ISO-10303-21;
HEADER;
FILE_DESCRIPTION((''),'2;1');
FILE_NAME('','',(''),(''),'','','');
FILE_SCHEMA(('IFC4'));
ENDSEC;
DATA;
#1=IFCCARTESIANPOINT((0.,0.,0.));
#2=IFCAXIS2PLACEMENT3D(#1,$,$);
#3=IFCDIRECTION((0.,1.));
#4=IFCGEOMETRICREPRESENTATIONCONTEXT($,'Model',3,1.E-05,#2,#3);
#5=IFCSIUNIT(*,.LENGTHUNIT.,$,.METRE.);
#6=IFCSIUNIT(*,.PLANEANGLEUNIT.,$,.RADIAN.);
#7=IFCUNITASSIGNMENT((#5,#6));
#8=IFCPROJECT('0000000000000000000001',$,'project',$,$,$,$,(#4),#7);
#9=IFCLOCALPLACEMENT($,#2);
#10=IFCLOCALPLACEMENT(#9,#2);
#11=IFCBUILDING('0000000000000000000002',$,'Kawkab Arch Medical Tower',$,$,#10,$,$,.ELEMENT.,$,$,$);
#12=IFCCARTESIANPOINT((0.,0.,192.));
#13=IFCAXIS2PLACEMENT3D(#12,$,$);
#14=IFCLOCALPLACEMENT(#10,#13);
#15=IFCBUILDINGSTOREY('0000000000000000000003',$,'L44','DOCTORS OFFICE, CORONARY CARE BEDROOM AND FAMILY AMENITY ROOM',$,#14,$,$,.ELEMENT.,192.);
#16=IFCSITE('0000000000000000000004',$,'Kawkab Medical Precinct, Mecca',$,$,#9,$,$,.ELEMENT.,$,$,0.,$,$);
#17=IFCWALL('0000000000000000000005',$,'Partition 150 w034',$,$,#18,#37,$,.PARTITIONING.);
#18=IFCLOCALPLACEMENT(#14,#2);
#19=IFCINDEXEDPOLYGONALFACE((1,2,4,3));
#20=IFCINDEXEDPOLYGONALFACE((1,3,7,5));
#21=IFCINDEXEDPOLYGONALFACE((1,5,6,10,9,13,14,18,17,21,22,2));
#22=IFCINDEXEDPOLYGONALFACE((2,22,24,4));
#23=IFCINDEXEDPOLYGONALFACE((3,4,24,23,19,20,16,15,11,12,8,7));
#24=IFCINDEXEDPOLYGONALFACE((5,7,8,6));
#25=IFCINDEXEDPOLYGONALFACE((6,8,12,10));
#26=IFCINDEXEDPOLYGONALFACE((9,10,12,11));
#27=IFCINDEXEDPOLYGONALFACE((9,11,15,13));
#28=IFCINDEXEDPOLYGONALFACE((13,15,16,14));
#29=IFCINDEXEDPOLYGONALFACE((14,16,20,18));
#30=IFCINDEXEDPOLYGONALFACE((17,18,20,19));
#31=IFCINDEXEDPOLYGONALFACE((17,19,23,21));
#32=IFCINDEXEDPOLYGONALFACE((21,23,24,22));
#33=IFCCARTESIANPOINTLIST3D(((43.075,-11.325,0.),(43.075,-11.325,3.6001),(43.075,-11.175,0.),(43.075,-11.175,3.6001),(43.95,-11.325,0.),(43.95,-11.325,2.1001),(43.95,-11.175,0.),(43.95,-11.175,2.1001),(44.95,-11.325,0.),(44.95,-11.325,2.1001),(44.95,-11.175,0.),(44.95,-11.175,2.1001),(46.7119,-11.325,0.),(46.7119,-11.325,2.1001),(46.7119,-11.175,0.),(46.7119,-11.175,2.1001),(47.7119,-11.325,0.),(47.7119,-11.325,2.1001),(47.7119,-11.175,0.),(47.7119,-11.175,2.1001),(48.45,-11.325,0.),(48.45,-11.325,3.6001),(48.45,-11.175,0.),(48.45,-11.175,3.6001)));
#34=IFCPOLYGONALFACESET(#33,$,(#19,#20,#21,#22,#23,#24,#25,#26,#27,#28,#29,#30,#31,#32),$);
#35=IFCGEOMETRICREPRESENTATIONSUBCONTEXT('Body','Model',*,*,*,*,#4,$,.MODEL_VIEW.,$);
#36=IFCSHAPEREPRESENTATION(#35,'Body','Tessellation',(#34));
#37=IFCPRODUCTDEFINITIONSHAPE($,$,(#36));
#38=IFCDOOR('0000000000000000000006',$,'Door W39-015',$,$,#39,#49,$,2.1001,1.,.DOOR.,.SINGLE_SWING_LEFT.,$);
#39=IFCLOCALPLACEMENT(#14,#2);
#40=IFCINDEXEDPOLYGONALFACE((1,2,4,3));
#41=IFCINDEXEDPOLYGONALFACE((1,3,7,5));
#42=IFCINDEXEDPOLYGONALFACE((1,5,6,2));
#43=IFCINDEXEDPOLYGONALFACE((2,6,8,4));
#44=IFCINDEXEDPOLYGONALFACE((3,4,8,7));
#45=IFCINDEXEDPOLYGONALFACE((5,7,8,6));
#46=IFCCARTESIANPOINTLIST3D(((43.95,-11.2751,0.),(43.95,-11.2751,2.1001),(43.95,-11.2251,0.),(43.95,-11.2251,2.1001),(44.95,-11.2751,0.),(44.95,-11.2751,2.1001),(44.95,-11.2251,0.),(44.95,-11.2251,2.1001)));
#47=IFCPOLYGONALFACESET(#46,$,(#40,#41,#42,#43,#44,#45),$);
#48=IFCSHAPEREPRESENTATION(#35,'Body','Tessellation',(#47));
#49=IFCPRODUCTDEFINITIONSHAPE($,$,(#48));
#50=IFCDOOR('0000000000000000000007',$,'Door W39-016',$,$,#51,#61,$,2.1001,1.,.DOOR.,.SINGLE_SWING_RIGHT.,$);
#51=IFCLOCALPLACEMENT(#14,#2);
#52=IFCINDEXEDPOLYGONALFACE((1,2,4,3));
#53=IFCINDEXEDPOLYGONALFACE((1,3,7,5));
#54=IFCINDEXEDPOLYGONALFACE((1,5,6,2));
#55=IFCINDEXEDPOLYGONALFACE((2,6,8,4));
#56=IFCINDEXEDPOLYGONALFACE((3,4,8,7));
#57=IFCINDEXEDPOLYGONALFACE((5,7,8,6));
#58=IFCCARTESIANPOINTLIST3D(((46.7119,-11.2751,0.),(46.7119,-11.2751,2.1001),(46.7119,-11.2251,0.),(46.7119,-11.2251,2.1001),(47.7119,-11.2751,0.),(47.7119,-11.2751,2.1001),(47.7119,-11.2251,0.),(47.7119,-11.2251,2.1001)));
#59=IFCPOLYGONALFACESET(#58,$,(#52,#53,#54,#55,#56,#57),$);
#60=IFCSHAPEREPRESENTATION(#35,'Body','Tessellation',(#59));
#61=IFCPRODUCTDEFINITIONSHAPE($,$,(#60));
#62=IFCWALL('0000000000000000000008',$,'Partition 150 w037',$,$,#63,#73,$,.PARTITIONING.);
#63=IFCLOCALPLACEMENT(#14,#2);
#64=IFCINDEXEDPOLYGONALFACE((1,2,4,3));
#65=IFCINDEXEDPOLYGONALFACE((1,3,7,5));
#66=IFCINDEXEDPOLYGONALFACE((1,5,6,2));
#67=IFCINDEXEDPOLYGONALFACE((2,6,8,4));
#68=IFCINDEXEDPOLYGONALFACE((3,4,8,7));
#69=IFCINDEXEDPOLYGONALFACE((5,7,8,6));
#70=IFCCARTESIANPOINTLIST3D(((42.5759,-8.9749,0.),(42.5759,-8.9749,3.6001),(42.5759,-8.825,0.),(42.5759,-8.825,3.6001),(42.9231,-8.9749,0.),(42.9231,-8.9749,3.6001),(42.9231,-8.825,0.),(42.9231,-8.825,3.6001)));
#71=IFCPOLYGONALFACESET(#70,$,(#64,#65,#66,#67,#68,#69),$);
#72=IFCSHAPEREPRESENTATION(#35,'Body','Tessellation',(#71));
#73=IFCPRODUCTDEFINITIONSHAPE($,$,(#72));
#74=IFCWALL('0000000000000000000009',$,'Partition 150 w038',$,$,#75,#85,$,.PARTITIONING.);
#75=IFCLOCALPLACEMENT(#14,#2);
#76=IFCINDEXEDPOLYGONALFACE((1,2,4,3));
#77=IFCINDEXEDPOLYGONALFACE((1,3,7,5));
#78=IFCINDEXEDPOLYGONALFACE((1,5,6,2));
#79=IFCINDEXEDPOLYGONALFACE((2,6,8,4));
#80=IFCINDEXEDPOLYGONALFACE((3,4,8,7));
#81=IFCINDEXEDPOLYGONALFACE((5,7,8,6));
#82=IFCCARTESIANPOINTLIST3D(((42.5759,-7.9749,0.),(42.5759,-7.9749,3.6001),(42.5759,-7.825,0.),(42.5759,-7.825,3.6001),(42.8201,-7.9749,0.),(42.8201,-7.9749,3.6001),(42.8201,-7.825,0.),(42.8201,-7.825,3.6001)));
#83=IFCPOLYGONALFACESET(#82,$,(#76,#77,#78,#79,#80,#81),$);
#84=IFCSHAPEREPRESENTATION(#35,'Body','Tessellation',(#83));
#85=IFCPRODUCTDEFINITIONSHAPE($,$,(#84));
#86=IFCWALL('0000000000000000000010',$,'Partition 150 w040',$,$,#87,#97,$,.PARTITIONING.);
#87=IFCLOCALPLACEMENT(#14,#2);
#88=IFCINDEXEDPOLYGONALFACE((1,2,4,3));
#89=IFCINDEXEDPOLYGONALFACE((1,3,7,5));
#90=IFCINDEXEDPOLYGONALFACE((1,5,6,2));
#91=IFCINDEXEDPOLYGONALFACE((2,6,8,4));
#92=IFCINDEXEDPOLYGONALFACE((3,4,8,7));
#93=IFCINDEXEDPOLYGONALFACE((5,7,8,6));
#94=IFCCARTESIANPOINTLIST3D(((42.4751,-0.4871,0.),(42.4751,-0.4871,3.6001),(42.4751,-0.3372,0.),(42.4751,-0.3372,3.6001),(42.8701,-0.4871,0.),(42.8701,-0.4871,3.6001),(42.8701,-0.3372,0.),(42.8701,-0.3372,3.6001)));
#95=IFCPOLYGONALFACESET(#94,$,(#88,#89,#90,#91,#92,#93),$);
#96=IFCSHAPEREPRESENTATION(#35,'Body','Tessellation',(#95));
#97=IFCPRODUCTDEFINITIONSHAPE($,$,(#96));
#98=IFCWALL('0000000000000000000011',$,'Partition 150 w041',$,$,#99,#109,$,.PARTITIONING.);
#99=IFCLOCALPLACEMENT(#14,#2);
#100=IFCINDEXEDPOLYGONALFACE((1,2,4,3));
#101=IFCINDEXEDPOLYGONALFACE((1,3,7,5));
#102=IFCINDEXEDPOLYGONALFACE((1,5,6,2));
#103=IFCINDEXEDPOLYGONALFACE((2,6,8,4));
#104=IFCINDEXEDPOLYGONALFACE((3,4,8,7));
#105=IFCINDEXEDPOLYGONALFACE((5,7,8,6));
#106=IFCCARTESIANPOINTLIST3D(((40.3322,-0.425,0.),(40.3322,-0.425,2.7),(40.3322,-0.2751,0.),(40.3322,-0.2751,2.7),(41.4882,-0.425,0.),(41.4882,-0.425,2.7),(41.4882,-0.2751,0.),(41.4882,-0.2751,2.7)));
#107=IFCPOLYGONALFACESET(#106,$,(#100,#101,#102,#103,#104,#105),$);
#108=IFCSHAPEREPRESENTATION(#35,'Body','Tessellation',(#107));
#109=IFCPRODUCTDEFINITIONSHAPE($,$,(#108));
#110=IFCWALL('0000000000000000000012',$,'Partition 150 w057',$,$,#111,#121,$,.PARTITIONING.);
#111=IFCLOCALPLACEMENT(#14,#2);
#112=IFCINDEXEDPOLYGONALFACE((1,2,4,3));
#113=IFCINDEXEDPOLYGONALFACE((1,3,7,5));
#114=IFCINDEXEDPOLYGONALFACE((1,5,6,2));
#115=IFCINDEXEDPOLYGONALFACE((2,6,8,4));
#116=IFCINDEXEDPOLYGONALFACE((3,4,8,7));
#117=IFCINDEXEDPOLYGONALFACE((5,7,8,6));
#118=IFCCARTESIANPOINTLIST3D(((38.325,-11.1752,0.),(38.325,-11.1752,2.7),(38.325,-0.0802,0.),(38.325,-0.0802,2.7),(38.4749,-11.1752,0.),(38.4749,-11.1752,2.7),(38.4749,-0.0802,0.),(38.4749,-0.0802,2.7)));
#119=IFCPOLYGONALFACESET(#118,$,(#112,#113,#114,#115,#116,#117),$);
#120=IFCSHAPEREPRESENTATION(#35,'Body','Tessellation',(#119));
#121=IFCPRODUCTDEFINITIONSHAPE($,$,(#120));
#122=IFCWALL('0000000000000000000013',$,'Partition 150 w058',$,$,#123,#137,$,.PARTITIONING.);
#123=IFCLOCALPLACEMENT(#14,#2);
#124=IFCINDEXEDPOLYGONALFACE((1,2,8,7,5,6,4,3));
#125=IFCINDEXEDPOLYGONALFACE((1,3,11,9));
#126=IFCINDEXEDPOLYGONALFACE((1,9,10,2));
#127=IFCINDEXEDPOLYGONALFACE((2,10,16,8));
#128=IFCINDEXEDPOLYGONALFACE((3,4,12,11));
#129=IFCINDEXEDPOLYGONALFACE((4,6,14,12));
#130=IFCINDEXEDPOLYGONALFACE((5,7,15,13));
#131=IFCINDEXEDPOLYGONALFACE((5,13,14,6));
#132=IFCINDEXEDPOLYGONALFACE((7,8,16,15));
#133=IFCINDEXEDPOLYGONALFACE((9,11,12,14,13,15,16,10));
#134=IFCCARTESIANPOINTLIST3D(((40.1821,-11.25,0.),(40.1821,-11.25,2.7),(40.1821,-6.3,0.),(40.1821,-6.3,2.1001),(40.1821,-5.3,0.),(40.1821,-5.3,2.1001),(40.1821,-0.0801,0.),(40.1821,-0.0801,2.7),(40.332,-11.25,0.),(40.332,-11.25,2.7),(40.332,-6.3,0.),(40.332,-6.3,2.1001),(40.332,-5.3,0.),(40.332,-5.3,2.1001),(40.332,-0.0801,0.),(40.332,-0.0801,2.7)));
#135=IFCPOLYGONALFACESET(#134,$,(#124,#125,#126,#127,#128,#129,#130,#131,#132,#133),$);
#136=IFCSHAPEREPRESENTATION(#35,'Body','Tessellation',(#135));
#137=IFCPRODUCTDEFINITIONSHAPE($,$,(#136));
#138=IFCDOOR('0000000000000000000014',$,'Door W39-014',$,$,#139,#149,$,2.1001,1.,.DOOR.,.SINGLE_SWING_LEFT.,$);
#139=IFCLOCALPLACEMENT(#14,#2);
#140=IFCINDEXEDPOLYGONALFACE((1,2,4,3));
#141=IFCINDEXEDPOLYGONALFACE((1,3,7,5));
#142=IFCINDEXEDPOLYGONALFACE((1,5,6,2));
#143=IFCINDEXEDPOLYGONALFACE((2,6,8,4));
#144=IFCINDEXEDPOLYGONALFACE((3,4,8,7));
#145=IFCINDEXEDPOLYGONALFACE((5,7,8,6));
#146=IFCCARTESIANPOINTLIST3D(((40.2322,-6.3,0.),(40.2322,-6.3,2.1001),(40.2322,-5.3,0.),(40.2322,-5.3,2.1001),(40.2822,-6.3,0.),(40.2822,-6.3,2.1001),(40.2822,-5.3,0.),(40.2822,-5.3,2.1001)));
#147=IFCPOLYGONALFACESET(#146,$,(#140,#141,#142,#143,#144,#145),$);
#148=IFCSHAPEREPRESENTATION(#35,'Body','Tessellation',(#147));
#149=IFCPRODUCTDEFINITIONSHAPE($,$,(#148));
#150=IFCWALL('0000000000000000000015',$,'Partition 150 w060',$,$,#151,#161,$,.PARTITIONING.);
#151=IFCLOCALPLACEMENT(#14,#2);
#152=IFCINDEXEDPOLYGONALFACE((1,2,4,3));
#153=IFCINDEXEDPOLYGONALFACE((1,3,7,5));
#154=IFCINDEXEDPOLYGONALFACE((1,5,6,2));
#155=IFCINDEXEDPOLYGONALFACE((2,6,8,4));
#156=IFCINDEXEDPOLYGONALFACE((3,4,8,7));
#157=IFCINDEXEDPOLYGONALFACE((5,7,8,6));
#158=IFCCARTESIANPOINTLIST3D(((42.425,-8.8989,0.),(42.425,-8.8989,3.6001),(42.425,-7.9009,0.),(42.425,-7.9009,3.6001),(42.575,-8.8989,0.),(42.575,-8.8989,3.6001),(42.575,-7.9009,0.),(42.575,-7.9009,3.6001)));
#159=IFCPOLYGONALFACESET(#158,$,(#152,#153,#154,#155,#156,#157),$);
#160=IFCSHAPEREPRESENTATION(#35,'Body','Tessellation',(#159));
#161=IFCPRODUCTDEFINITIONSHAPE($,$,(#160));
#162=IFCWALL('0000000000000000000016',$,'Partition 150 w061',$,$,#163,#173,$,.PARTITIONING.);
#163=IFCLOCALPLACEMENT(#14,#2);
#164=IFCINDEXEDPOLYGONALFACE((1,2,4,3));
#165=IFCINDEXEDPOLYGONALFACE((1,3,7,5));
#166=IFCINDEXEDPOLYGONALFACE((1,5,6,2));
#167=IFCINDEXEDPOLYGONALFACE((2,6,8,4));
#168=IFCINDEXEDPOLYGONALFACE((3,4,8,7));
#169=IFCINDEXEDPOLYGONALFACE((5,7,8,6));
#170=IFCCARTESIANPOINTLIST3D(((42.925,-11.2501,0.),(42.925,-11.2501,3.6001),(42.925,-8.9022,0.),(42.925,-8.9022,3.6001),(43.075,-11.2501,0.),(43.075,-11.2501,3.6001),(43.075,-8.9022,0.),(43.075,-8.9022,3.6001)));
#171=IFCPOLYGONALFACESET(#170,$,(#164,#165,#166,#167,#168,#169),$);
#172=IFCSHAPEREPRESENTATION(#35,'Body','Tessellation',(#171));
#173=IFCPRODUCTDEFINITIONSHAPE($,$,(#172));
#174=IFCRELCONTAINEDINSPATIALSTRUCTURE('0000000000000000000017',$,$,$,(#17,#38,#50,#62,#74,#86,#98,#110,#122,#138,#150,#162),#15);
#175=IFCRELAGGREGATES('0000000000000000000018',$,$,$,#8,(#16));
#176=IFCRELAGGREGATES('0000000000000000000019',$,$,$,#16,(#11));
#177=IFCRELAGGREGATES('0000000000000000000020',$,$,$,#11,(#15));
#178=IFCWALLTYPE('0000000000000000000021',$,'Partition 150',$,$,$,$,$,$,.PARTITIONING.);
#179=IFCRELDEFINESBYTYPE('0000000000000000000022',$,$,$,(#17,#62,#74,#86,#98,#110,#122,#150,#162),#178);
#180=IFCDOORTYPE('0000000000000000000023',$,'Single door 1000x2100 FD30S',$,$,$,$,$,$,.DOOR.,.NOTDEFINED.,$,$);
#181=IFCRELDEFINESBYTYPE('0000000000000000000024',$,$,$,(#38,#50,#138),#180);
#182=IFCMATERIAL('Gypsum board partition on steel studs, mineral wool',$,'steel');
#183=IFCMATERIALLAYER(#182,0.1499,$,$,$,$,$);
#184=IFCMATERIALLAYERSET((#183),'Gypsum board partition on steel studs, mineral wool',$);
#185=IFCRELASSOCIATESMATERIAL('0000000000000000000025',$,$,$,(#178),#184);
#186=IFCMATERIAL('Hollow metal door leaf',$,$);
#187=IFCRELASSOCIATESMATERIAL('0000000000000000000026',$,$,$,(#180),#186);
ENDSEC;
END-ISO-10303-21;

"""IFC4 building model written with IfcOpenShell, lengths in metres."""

from ifc_helpers import new_model, si_unit, direction, frame, frame_2d, origin, place, context, subcontext, project, spatial, rectangle, extrude, material, layer, layer_set, type_object, element, fill, save


model = new_model("IFC4")

# Units and contexts
model_context = context("Model", 3, precision=1e-05, world=origin(), true_north=direction((0.0, 1.0)))
body_context = subcontext(model_context, "Body", "Model", "MODEL_VIEW")
ifc_project = project(units=[si_unit("LENGTHUNIT", "METRE"), si_unit("PLANEANGLEUNIT", "RADIAN")], contexts=[model_context])

# Site, building, storey
site_placement = place(None, origin())
site = spatial("IfcSite", under=ifc_project, at=site_placement, Name="Kawkab Medical Precinct, Mecca", CompositionType="ELEMENT", RefElevation=0.0)
building_placement = place(site_placement, origin())
building = spatial("IfcBuilding", under=site, at=building_placement, Name="Kawkab Arch Medical Tower", CompositionType="ELEMENT")
storey_placement = place(building_placement, frame((0.0, 0.0, 192.0)))
storey = spatial("IfcBuildingStorey", under=building, at=storey_placement, Name="L44", Description="DOCTORS OFFICE, CORONARY CARE BEDROOM AND FAMILY AMENITY ROOM", CompositionType="ELEMENT", Elevation=192.0)

# Wall, openings, doors
ifc_material_1 = material(Name="Gypsum board partition on steel studs, mineral wool", Category="steel")
ifc_layer_1 = layer(ifc_material_1, 0.1499)
ifc_layer_set_1 = layer_set([ifc_layer_1], Name="Gypsum board partition on steel studs, mineral wool")
wall_type_1 = type_object("IfcWallType", Name="Partition 150", PredefinedType="PARTITIONING", material=ifc_layer_set_1)
wall_1_placement = place(storey_placement, frame((43.075, -11.25, 0.0), z_axis=(0.0, 0.0, 1.0), x_axis=(1.0, 0.0, 0.0)))
wall_1 = element("IfcWall", 1, at=wall_1_placement, inside=storey, type_object=wall_type_1, Name="Partition 150 w034", PredefinedType="PARTITIONING", context=body_context, shape_type="SweptSolid", body=[
    extrude(rectangle(XDim=5.375, YDim=0.1499, at=frame_2d((2.6875, 0.0))), origin(), (0.0, 0.0, 1.0), 3.6001),
])
opening_1_placement = place(wall_1_placement, frame((0.875, 0.0, 0.0)))
opening_1 = element("IfcOpeningElement", 2, at=opening_1_placement, cuts=wall_1, PredefinedType="OPENING", context=body_context, shape_type="SweptSolid", body=[
    extrude(rectangle(XDim=1.0, YDim=2.1001, at=frame_2d((0.5, 1.05))), frame((0.0, 0.085, 0.0), z_axis=(0.0, -1.0, 0.0), x_axis=(1.0, 0.0, 0.0)), (0.0, 0.0, 1.0), 0.1699),
])
opening_2_placement = place(wall_1_placement, frame((3.637, 0.0, 0.0)))
opening_2 = element("IfcOpeningElement", 3, at=opening_2_placement, cuts=wall_1, PredefinedType="OPENING", context=body_context, shape_type="SweptSolid", body=[
    extrude(rectangle(XDim=1.0, YDim=2.1001, at=frame_2d((0.5, 1.05))), frame((0.0, 0.085, 0.0), z_axis=(0.0, -1.0, 0.0), x_axis=(1.0, 0.0, 0.0)), (0.0, 0.0, 1.0), 0.1699),
])
ifc_material_2 = material(Name="Hollow metal door leaf")
door_type_1 = type_object("IfcDoorType", Name="Single door 1000x2100 FD30S", OperationType="NOTDEFINED", PredefinedType="DOOR", material=ifc_material_2)
door_1_placement = place(opening_1_placement, origin())
door_1 = element("IfcDoor", 4, at=door_1_placement, inside=storey, type_object=door_type_1, Name="Door W39-015", OperationType="SINGLE_SWING_LEFT", OverallHeight=2.1001, OverallWidth=1.0, PredefinedType="DOOR", context=body_context, shape_type="SweptSolid", body=[
    extrude(rectangle(XDim=1.0, YDim=2.1001, at=frame_2d((0.5, 1.05))), frame((0.0, 0.0249, 0.0), z_axis=(0.0, -1.0, 0.0), x_axis=(1.0, 0.0, 0.0)), (0.0, 0.0, 1.0), 0.05),
])
fill(opening_1, door_1)
door_2_placement = place(opening_2_placement, origin())
door_2 = element("IfcDoor", 5, at=door_2_placement, inside=storey, type_object=door_type_1, Name="Door W39-016", OperationType="SINGLE_SWING_RIGHT", OverallHeight=2.1001, OverallWidth=1.0, PredefinedType="DOOR", context=body_context, shape_type="SweptSolid", body=[
    extrude(rectangle(XDim=1.0, YDim=2.1001, at=frame_2d((0.5, 1.05))), frame((0.0, 0.0249, 0.0), z_axis=(0.0, -1.0, 0.0), x_axis=(1.0, 0.0, 0.0)), (0.0, 0.0, 1.0), 0.05),
])
fill(opening_2, door_2)

# Walls
wall_2_placement = place(storey_placement, frame((42.5759, -8.8999, 0.0), z_axis=(0.0, 0.0, 1.0), x_axis=(1.0, 0.0, 0.0)))
element("IfcWall", 6, at=wall_2_placement, inside=storey, type_object=wall_type_1, Name="Partition 150 w037", PredefinedType="PARTITIONING", context=body_context, shape_type="SweptSolid", body=[
    extrude(rectangle(XDim=0.3472, YDim=0.1499, at=frame_2d((0.1736, 0.0))), origin(), (0.0, 0.0, 1.0), 3.6001),
])
wall_3_placement = place(storey_placement, frame((42.5759, -7.8999, 0.0), z_axis=(0.0, 0.0, 1.0), x_axis=(1.0, 0.0, 0.0)))
element("IfcWall", 7, at=wall_3_placement, inside=storey, type_object=wall_type_1, Name="Partition 150 w038", PredefinedType="PARTITIONING", context=body_context, shape_type="SweptSolid", body=[
    extrude(rectangle(XDim=0.2441, YDim=0.1499, at=frame_2d((0.1221, 0.0))), origin(), (0.0, 0.0, 1.0), 3.6001),
])
wall_4_placement = place(storey_placement, frame((42.4751, -0.4121, 0.0), z_axis=(0.0, 0.0, 1.0), x_axis=(1.0, 0.0, 0.0)))
element("IfcWall", 8, at=wall_4_placement, inside=storey, type_object=wall_type_1, Name="Partition 150 w040", PredefinedType="PARTITIONING", context=body_context, shape_type="SweptSolid", body=[
    extrude(rectangle(XDim=0.395, YDim=0.1499, at=frame_2d((0.1975, 0.0))), origin(), (0.0, 0.0, 1.0), 3.6001),
])
wall_5_placement = place(storey_placement, frame((40.332, -0.3501, 0.0), z_axis=(0.0, 0.0, 1.0), x_axis=(1.0, 0.0, 0.0)))
element("IfcWall", 9, at=wall_5_placement, inside=storey, type_object=wall_type_1, Name="Partition 150 w041", PredefinedType="PARTITIONING", context=body_context, shape_type="SweptSolid", body=[
    extrude(rectangle(XDim=1.156, YDim=0.1499, at=frame_2d((0.5781, 0.0))), origin(), (0.0, 0.0, 1.0), 2.7),
])
wall_6_placement = place(storey_placement, frame((38.3999, -11.175, 0.0), z_axis=(0.0, 0.0, 1.0), x_axis=(0.0, 1.0, 0.0)))
element("IfcWall", 10, at=wall_6_placement, inside=storey, type_object=wall_type_1, Name="Partition 150 w057", PredefinedType="PARTITIONING", context=body_context, shape_type="SweptSolid", body=[
    extrude(rectangle(XDim=11.095, YDim=0.1499, at=frame_2d((5.5474, 0.0))), origin(), (0.0, 0.0, 1.0), 2.7),
])

# Wall, opening, door
wall_7_placement = place(storey_placement, frame((40.2571, -11.25, 0.0), z_axis=(0.0, 0.0, 1.0), x_axis=(0.0, 1.0, 0.0)))
wall_7 = element("IfcWall", 11, at=wall_7_placement, inside=storey, type_object=wall_type_1, Name="Partition 150 w058", PredefinedType="PARTITIONING", context=body_context, shape_type="SweptSolid", body=[
    extrude(rectangle(XDim=11.1699, YDim=0.1499, at=frame_2d((5.585, 0.0))), origin(), (0.0, 0.0, 1.0), 2.7),
])
opening_3_placement = place(wall_7_placement, frame((4.95, 0.0, 0.0)))
opening_3 = element("IfcOpeningElement", 12, at=opening_3_placement, cuts=wall_7, PredefinedType="OPENING", context=body_context, shape_type="SweptSolid", body=[
    extrude(rectangle(XDim=1.0, YDim=2.1001, at=frame_2d((0.5, 1.05))), frame((0.0, 0.085, 0.0), z_axis=(0.0, -1.0, 0.0), x_axis=(1.0, 0.0, 0.0)), (0.0, 0.0, 1.0), 0.1699),
])
door_3_placement = place(opening_3_placement, origin())
door_3 = element("IfcDoor", 13, at=door_3_placement, inside=storey, type_object=door_type_1, Name="Door W39-014", OperationType="SINGLE_SWING_LEFT", OverallHeight=2.1001, OverallWidth=1.0, PredefinedType="DOOR", context=body_context, shape_type="SweptSolid", body=[
    extrude(rectangle(XDim=1.0, YDim=2.1001, at=frame_2d((0.5, 1.05))), frame((0.0, 0.0249, 0.0), z_axis=(0.0, -1.0, 0.0), x_axis=(1.0, 0.0, 0.0)), (0.0, 0.0, 1.0), 0.05),
])
fill(opening_3, door_3)

# Walls
wall_8_placement = place(storey_placement, frame((42.5, -8.8989, 0.0), z_axis=(0.0, 0.0, 1.0), x_axis=(0.0, 1.0, 0.0)))
element("IfcWall", 14, at=wall_8_placement, inside=storey, type_object=wall_type_1, Name="Partition 150 w060", PredefinedType="PARTITIONING", context=body_context, shape_type="SweptSolid", body=[
    extrude(rectangle(XDim=0.998, YDim=0.1499, at=frame_2d((0.499, 0.0))), origin(), (0.0, 0.0, 1.0), 3.6001),
])
wall_9_placement = place(storey_placement, frame((43.0, -11.25, 0.0), z_axis=(0.0, 0.0, 1.0), x_axis=(0.0, 1.0, 0.0)))
element("IfcWall", 15, at=wall_9_placement, inside=storey, type_object=wall_type_1, Name="Partition 150 w061", PredefinedType="PARTITIONING", context=body_context, shape_type="SweptSolid", body=[
    extrude(rectangle(XDim=2.3479, YDim=0.1499, at=frame_2d((1.1738, 0.0))), origin(), (0.0, 0.0, 1.0), 3.6001),
])

save(model, "model.ifc")
